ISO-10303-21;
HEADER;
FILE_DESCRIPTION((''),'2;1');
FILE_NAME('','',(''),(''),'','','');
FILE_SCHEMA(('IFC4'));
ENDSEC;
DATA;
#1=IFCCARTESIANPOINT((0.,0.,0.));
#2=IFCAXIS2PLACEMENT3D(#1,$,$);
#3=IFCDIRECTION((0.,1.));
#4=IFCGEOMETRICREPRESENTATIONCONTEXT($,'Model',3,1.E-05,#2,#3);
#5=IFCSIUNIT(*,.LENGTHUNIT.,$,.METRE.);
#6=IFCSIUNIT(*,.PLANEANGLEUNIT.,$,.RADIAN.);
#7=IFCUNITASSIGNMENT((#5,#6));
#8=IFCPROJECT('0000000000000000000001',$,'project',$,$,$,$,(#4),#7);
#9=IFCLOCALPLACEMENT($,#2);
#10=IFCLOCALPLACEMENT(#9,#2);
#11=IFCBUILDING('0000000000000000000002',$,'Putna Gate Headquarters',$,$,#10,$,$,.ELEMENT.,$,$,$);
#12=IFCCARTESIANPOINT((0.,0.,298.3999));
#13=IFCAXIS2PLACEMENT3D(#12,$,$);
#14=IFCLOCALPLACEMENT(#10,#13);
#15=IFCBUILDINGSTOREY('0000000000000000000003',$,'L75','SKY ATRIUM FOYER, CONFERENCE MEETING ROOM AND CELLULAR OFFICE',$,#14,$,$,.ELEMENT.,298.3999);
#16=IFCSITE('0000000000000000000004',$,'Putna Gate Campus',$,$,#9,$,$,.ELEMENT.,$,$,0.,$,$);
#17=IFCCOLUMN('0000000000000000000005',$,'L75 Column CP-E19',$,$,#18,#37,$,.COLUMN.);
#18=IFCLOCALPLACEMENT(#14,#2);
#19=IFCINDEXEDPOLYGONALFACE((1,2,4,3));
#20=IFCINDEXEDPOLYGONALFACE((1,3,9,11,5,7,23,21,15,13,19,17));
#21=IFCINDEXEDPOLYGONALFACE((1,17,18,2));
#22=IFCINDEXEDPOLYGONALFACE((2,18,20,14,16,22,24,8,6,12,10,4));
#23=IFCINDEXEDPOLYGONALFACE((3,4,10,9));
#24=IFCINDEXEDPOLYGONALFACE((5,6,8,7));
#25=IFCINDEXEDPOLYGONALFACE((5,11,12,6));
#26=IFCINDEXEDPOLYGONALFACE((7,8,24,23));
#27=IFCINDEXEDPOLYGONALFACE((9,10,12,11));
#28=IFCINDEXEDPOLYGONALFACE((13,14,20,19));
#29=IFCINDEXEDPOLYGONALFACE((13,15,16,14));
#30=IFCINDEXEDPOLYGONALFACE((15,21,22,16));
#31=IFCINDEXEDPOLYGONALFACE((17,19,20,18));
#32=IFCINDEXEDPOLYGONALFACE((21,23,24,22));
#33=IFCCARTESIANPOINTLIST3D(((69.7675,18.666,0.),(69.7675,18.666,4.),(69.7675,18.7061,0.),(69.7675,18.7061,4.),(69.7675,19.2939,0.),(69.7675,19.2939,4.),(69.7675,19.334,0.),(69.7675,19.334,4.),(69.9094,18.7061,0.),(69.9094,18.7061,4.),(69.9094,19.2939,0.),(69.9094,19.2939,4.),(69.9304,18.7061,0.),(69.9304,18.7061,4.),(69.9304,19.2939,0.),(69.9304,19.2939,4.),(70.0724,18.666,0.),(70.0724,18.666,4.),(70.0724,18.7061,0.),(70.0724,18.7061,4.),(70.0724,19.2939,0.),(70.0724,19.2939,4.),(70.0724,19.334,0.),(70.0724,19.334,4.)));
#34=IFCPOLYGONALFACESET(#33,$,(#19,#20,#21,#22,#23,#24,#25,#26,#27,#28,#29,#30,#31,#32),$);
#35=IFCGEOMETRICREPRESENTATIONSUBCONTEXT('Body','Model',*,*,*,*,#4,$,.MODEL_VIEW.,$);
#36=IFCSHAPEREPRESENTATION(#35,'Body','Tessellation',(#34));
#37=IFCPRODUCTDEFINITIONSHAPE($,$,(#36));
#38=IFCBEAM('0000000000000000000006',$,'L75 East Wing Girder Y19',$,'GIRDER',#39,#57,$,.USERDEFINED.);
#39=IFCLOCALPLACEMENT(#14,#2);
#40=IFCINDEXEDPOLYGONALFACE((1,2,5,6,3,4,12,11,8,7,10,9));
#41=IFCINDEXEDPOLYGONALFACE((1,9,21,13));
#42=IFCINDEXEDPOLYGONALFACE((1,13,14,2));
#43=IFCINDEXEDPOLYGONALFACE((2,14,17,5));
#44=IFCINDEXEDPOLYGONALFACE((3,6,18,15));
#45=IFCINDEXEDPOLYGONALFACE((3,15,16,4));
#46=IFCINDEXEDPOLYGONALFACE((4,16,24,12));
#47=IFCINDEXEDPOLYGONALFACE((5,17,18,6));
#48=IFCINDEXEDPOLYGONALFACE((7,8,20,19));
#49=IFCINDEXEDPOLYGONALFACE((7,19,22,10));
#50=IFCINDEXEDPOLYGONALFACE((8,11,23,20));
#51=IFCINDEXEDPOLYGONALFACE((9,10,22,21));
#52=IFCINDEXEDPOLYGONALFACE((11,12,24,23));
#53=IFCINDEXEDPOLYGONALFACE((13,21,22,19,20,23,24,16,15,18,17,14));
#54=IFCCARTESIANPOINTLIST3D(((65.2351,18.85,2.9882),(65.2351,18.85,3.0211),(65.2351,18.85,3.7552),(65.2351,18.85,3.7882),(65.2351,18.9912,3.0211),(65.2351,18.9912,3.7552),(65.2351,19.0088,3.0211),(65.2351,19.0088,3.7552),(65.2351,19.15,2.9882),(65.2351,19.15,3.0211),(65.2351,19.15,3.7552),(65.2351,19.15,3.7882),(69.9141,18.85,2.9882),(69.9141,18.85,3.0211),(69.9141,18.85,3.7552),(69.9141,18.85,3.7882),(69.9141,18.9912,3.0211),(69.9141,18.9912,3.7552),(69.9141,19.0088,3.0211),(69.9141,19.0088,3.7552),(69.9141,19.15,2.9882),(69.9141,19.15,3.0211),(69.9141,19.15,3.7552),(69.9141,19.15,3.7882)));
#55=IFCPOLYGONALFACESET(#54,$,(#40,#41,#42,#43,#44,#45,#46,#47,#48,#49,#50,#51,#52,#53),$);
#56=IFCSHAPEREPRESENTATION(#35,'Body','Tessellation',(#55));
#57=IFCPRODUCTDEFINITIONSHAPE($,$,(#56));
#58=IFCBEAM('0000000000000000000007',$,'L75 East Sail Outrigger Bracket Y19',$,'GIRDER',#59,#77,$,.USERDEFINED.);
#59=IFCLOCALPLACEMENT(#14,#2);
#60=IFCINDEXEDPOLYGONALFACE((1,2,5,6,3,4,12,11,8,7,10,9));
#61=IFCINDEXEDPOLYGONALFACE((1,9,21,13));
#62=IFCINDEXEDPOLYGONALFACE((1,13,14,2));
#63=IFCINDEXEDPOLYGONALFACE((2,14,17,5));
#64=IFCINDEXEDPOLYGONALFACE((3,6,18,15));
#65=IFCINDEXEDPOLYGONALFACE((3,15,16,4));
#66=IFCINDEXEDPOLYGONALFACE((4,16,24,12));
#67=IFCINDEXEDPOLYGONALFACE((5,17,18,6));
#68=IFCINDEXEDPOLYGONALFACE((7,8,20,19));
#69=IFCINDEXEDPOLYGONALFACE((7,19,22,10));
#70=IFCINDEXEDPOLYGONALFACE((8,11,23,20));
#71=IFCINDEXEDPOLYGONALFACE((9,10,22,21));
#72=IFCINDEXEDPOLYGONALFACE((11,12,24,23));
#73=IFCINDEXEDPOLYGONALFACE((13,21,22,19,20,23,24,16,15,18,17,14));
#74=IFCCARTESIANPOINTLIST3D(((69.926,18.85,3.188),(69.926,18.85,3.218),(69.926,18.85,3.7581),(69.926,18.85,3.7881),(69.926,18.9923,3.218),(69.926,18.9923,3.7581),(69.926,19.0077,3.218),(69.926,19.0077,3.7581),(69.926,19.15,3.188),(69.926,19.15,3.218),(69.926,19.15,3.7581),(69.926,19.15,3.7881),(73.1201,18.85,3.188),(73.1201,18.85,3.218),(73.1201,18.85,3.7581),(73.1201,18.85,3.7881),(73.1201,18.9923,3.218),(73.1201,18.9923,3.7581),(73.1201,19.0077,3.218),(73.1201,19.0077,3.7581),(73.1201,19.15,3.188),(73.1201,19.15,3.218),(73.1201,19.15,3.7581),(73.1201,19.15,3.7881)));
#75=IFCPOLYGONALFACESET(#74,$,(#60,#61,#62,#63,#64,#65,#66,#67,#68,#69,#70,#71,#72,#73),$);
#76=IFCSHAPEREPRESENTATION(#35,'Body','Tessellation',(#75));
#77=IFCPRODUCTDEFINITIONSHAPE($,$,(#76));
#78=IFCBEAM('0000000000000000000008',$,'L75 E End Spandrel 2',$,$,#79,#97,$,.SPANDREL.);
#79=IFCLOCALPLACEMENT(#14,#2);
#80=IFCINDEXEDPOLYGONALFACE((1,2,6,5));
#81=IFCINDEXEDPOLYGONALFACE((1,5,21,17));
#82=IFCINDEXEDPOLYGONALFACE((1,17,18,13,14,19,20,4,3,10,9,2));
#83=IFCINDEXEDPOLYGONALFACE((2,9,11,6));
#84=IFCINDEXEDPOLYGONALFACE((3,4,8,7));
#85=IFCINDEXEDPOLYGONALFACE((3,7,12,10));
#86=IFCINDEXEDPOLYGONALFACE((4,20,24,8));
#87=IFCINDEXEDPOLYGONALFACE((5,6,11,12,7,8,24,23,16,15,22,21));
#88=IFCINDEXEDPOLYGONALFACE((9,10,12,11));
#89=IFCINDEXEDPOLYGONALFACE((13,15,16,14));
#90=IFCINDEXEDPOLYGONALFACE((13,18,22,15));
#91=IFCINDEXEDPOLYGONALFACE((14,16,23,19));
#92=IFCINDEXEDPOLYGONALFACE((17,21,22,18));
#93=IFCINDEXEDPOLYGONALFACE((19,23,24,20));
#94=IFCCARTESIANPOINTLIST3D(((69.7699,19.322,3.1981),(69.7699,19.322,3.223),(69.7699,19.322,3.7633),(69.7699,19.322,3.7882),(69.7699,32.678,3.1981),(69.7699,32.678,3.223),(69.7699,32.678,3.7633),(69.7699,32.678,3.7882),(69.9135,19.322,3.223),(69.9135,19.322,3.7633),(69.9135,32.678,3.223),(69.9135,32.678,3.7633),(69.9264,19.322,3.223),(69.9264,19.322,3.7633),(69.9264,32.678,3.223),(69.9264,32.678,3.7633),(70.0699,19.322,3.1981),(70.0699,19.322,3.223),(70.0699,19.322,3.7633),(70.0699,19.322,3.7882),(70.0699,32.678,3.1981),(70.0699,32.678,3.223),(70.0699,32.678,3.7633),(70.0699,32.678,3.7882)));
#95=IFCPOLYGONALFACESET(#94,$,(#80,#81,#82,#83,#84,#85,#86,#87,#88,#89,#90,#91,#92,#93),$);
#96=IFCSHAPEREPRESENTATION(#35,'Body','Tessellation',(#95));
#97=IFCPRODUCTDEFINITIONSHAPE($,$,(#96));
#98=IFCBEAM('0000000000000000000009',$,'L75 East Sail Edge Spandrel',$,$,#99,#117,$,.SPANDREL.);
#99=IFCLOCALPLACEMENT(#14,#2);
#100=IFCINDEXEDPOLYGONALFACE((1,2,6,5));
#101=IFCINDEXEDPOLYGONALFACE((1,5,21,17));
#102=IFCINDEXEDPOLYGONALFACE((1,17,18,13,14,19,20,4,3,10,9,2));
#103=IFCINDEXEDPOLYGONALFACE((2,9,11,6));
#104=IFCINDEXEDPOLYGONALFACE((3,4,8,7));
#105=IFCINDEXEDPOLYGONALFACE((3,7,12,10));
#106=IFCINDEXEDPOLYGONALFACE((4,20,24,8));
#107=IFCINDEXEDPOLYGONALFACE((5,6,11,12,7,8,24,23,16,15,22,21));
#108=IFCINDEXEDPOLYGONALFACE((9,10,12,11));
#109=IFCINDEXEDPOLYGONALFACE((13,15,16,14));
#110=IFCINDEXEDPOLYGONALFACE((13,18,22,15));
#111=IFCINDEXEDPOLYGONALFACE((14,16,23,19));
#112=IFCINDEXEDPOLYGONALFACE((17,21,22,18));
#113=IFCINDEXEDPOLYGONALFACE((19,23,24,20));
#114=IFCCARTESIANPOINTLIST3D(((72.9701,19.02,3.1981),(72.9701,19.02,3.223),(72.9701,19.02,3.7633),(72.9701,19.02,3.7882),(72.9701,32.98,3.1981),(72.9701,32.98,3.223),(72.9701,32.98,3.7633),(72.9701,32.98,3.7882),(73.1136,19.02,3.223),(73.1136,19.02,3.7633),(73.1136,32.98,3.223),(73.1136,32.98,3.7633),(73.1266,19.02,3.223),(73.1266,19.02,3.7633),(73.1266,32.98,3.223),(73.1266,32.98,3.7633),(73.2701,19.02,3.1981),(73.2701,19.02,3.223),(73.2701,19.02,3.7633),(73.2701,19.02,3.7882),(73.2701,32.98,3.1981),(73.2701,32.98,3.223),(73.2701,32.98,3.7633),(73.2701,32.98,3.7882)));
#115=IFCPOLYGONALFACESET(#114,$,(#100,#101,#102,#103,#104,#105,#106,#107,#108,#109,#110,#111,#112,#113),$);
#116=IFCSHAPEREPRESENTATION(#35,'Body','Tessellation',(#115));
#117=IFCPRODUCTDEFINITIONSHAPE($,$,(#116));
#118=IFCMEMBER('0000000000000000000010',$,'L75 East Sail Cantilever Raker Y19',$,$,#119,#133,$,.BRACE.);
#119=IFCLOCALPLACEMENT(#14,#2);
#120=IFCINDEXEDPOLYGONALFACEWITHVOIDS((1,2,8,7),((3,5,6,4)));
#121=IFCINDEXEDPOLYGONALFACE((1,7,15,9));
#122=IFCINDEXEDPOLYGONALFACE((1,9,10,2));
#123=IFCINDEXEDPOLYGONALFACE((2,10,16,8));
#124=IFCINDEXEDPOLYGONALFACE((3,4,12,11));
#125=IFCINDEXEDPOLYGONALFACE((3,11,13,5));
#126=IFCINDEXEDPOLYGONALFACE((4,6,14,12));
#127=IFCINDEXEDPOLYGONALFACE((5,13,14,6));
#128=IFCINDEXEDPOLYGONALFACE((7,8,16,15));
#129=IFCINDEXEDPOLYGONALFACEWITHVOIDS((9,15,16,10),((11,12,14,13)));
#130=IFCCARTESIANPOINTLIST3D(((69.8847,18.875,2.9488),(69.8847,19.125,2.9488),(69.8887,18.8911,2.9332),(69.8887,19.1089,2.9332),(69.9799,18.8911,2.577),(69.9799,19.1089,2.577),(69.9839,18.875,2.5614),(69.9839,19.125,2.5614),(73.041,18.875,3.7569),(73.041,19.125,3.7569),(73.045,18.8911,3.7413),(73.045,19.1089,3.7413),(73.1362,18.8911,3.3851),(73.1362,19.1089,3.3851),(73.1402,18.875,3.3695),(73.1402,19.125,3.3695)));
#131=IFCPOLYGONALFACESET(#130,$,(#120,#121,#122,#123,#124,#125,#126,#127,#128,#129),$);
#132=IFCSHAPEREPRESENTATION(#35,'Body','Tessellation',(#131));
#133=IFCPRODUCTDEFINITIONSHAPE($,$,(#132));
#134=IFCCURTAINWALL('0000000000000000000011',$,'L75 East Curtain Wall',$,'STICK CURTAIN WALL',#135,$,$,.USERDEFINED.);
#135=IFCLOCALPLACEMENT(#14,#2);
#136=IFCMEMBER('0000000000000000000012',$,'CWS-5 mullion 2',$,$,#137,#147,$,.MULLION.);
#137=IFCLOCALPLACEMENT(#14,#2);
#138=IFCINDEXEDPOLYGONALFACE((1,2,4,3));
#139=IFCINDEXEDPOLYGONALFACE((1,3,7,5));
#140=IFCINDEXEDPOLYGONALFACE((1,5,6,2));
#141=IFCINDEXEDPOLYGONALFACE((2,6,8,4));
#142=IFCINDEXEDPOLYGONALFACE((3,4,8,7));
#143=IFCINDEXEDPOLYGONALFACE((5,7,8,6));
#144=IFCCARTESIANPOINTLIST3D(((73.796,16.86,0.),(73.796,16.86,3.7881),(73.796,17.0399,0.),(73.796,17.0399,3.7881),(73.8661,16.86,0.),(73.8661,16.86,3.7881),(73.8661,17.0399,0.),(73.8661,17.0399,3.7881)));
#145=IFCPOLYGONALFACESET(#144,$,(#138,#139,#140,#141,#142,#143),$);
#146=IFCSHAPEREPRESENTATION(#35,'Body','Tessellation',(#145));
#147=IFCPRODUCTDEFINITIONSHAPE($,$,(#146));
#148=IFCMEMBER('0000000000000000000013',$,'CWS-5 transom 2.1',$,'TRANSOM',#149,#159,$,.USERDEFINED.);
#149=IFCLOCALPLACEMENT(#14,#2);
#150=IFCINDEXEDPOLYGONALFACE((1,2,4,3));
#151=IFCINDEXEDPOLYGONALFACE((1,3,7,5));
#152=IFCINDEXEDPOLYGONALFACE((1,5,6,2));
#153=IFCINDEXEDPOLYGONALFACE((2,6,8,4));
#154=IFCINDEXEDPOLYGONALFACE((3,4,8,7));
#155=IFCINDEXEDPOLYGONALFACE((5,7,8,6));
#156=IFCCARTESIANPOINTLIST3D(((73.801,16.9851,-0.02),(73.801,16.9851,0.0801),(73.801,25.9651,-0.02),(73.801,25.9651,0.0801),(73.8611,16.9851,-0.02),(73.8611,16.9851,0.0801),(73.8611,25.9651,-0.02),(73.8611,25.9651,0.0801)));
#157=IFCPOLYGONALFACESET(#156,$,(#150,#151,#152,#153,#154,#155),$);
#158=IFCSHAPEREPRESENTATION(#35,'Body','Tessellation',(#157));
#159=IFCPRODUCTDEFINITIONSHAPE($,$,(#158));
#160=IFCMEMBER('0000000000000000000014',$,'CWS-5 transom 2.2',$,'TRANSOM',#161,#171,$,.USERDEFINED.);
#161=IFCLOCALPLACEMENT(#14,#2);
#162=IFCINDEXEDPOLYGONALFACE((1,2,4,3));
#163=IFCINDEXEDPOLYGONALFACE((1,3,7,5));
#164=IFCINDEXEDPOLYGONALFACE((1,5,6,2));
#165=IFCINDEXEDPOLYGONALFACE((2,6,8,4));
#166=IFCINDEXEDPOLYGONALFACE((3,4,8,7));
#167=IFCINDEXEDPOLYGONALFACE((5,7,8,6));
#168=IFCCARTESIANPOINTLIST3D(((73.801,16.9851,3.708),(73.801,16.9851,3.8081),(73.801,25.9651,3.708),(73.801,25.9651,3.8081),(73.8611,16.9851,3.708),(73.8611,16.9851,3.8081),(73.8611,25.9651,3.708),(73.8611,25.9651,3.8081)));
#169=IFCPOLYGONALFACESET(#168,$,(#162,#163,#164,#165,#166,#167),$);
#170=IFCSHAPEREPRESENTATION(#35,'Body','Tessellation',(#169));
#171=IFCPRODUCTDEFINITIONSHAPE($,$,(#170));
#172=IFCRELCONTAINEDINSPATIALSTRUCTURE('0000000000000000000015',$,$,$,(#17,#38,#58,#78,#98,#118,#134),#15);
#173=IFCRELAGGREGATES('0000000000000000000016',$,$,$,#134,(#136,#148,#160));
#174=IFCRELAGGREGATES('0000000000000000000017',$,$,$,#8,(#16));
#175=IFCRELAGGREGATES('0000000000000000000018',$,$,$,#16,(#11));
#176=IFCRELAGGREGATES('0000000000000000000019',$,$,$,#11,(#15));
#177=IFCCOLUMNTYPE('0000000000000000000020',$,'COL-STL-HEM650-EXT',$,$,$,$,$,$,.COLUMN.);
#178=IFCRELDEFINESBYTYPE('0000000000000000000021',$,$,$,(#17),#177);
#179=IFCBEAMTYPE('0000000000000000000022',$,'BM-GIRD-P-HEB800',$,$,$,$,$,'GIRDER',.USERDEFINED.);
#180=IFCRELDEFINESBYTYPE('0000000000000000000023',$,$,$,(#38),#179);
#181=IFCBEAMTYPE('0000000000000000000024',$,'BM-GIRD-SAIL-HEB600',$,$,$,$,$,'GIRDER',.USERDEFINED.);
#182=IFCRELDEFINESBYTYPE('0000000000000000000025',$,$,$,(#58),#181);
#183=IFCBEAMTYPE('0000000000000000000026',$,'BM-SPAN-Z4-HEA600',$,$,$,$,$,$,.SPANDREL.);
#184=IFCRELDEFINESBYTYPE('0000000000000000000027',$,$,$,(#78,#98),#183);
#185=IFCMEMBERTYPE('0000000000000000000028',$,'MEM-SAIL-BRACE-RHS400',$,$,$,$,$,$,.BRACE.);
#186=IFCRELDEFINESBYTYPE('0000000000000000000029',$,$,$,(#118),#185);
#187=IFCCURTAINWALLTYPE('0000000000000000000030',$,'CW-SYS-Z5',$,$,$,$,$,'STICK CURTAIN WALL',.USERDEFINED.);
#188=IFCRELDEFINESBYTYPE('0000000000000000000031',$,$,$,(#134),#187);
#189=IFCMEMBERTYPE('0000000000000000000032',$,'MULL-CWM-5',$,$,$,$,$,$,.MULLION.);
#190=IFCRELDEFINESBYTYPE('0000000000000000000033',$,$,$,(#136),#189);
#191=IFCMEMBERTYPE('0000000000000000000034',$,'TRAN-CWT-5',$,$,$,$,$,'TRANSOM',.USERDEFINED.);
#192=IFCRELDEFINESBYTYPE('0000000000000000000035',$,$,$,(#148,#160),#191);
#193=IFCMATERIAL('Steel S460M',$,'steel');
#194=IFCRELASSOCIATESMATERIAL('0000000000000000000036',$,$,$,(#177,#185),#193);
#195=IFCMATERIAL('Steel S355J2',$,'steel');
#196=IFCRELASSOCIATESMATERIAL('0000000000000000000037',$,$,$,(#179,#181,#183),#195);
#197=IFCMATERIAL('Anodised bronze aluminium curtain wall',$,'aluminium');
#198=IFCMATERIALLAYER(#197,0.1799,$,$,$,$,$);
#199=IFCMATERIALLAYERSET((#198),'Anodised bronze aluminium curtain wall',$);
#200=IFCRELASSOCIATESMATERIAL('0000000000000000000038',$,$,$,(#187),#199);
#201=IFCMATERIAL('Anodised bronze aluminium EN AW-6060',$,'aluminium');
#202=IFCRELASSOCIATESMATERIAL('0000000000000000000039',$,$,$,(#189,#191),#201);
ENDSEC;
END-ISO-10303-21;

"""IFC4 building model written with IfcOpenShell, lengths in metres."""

from ifc_helpers import new_model, si_unit, direction, frame, origin, origin_2d, place, context, subcontext, project, spatial, rectangle, hollow_rectangle, i_section, extrude, material, layer, layer_set, material_profile, profile_set, type_object, element, aggregate, save


model = new_model("IFC4")

# Units and contexts
model_context = context("Model", 3, precision=1e-05, world=origin(), true_north=direction((0.0, 1.0)))
body_context = subcontext(model_context, "Body", "Model", "MODEL_VIEW")
ifc_project = project(units=[si_unit("LENGTHUNIT", "METRE"), si_unit("PLANEANGLEUNIT", "RADIAN")], contexts=[model_context])

# Site, building, storey
site_placement = place(None, origin())
site = spatial("IfcSite", under=ifc_project, at=site_placement, Name="Putna Gate Campus", CompositionType="ELEMENT", RefElevation=0.0)
building_placement = place(site_placement, origin())
building = spatial("IfcBuilding", under=site, at=building_placement, Name="Putna Gate Headquarters", CompositionType="ELEMENT")
storey_placement = place(building_placement, frame((0.0, 0.0, 298.3999)))
storey = spatial("IfcBuildingStorey", under=building, at=storey_placement, Name="L75", Description="SKY ATRIUM FOYER, CONFERENCE MEETING ROOM AND CELLULAR OFFICE", CompositionType="ELEMENT", Elevation=298.3999)

# Column
ifc_material_1 = material(Name="Steel S460M", Category="steel")
ifc_material_profile_1 = material_profile(ifc_material_1, i_section(OverallWidth=0.3049, OverallDepth=0.668, WebThickness=0.021, FlangeThickness=0.04, at=origin_2d()), Name="Steel S460M")
ifc_profile_set_1 = profile_set([ifc_material_profile_1], Name="Steel S460M")
column_type = type_object("IfcColumnType", Name="COL-STL-HEM650-EXT", PredefinedType="COLUMN", material=ifc_profile_set_1)
column_placement = place(storey_placement, frame((69.9199, 19.0, 0.0), z_axis=(0.0, 0.0, 1.0), x_axis=(1.0, 0.0, 0.0)))
element("IfcColumn", 1, at=column_placement, inside=storey, type_object=column_type, Name="L75 Column CP-E19", PredefinedType="COLUMN", context=body_context, shape_type="SweptSolid", body=[
    extrude(i_section(OverallWidth=0.3049, OverallDepth=0.668, WebThickness=0.021, FlangeThickness=0.04, at=origin_2d()), origin(), (0.0, 0.0, 1.0), 4.0),
])

# Beams
ifc_material_2 = material(Name="Steel S355J2", Category="steel")
ifc_material_profile_2 = material_profile(ifc_material_2, i_section(OverallWidth=0.3, OverallDepth=0.8, WebThickness=0.0176, FlangeThickness=0.033, at=origin_2d()), Name="Steel S355J2")
ifc_profile_set_2 = profile_set([ifc_material_profile_2], Name="Steel S355J2")
beam_type_1 = type_object("IfcBeamType", Name="BM-GIRD-P-HEB800", ElementType="GIRDER", PredefinedType="USERDEFINED", material=ifc_profile_set_2)
beam_1_placement = place(storey_placement, frame((65.2351, 19.0, 3.3882), z_axis=(1.0, 0.0, 0.0), x_axis=(0.0, 1.0, 0.0)))
element("IfcBeam", 2, at=beam_1_placement, inside=storey, type_object=beam_type_1, Name="L75 East Wing Girder Y19", ObjectType="GIRDER", PredefinedType="USERDEFINED", context=body_context, shape_type="SweptSolid", body=[
    extrude(i_section(OverallWidth=0.3, OverallDepth=0.8, WebThickness=0.0176, FlangeThickness=0.033, at=origin_2d()), origin(), (0.0, 0.0, 1.0), 4.679),
])
ifc_material_profile_3 = material_profile(ifc_material_2, i_section(OverallWidth=0.3, OverallDepth=0.6001, WebThickness=0.0154, FlangeThickness=0.03, at=origin_2d()), Name="Steel S355J2")
ifc_profile_set_3 = profile_set([ifc_material_profile_3], Name="Steel S355J2")
beam_type_2 = type_object("IfcBeamType", Name="BM-GIRD-SAIL-HEB600", ElementType="GIRDER", PredefinedType="USERDEFINED", material=ifc_profile_set_3)
beam_2_placement = place(storey_placement, frame((69.926, 19.0, 3.488), z_axis=(1.0, 0.0, 0.0), x_axis=(0.0, 1.0, 0.0)))
element("IfcBeam", 3, at=beam_2_placement, inside=storey, type_object=beam_type_2, Name="L75 East Sail Outrigger Bracket Y19", ObjectType="GIRDER", PredefinedType="USERDEFINED", context=body_context, shape_type="SweptSolid", body=[
    extrude(i_section(OverallWidth=0.3, OverallDepth=0.6001, WebThickness=0.0154, FlangeThickness=0.03, at=origin_2d()), origin(), (0.0, 0.0, 1.0), 3.1941),
])
ifc_material_profile_4 = material_profile(ifc_material_2, i_section(OverallWidth=0.3, OverallDepth=0.5901, WebThickness=0.0129, FlangeThickness=0.0249, at=origin_2d()), Name="Steel S355J2")
ifc_profile_set_4 = profile_set([ifc_material_profile_4], Name="Steel S355J2")
beam_type_3 = type_object("IfcBeamType", Name="BM-SPAN-Z4-HEA600", PredefinedType="SPANDREL", material=ifc_profile_set_4)
beam_3_placement = place(storey_placement, frame((69.9199, 19.322, 3.4932), z_axis=(0.0, 1.0, 0.0), x_axis=(-1.0, 0.0, 0.0)))
element("IfcBeam", 4, at=beam_3_placement, inside=storey, type_object=beam_type_3, Name="L75 E End Spandrel 2", PredefinedType="SPANDREL", context=body_context, shape_type="SweptSolid", body=[
    extrude(i_section(OverallWidth=0.3, OverallDepth=0.5901, WebThickness=0.0129, FlangeThickness=0.0249, at=origin_2d()), origin(), (0.0, 0.0, 1.0), 13.356),
])
beam_4_placement = place(storey_placement, frame((73.1201, 19.02, 3.4932), z_axis=(0.0, 1.0, 0.0), x_axis=(-1.0, 0.0, 0.0)))
element("IfcBeam", 5, at=beam_4_placement, inside=storey, type_object=beam_type_3, Name="L75 East Sail Edge Spandrel", PredefinedType="SPANDREL", context=body_context, shape_type="SweptSolid", body=[
    extrude(i_section(OverallWidth=0.3, OverallDepth=0.5901, WebThickness=0.0129, FlangeThickness=0.0249, at=origin_2d()), origin(), (0.0, 0.0, 1.0), 13.96),
])

# Member
ifc_material_profile_5 = material_profile(ifc_material_1, hollow_rectangle(XDim=0.25, YDim=0.3999, WallThickness=0.0161, at=origin_2d()), Name="Steel S460M")
ifc_profile_set_5 = profile_set([ifc_material_profile_5], Name="Steel S460M")
member_type_1 = type_object("IfcMemberType", Name="MEM-SAIL-BRACE-RHS400", PredefinedType="BRACE", material=ifc_profile_set_5)
member_1_placement = place(storey_placement, frame((69.9343, 19.0, 2.7551), z_axis=(0.968752, 0.0, 0.248033), x_axis=(0.0, 1.0, 0.0)))
element("IfcMember", 6, at=member_1_placement, inside=storey, type_object=member_type_1, Name="L75 East Sail Cantilever Raker Y19", PredefinedType="BRACE", context=body_context, shape_type="SweptSolid", body=[
    extrude(hollow_rectangle(XDim=0.25, YDim=0.3999, WallThickness=0.0161, at=origin_2d()), origin(), (0.0, 0.0, 1.0), 3.2581),
])

# Curtain wall, members
ifc_material_3 = material(Name="Anodised bronze aluminium curtain wall", Category="aluminium")
ifc_layer_1 = layer(ifc_material_3, 0.1799)
ifc_layer_set_1 = layer_set([ifc_layer_1], Name="Anodised bronze aluminium curtain wall")
curtain_wall_type = type_object("IfcCurtainWallType", Name="CW-SYS-Z5", ElementType="STICK CURTAIN WALL", PredefinedType="USERDEFINED", material=ifc_layer_set_1)
curtain_wall_placement = place(storey_placement, origin())
curtain_wall = element("IfcCurtainWall", 7, at=curtain_wall_placement, inside=storey, type_object=curtain_wall_type, Name="L75 East Curtain Wall", ObjectType="STICK CURTAIN WALL", PredefinedType="USERDEFINED")
ifc_material_4 = material(Name="Anodised bronze aluminium EN AW-6060", Category="aluminium")
ifc_material_profile_6 = material_profile(ifc_material_4, rectangle(XDim=0.0701, YDim=0.1799, at=origin_2d()), Name="Anodised bronze aluminium EN AW-6060")
ifc_profile_set_6 = profile_set([ifc_material_profile_6], Name="Anodised bronze aluminium EN AW-6060")
member_type_2 = type_object("IfcMemberType", Name="MULL-CWM-5", PredefinedType="MULLION", material=ifc_profile_set_6)
member_2_placement = place(storey_placement, frame((73.8311, 16.95, 0.0), z_axis=(0.0, 0.0, 1.0), x_axis=(-1.0, 0.0, 0.0)))
member_2 = element("IfcMember", 8, at=member_2_placement, type_object=member_type_2, Name="CWS-5 mullion 2", PredefinedType="MULLION", context=body_context, shape_type="SweptSolid", body=[
    extrude(rectangle(XDim=0.0701, YDim=0.1799, at=origin_2d()), origin(), (0.0, 0.0, 1.0), 3.7881),
])
ifc_material_profile_7 = material_profile(ifc_material_4, rectangle(XDim=0.0601, YDim=0.1001, at=origin_2d()), Name="Anodised bronze aluminium EN AW-6060")
ifc_profile_set_7 = profile_set([ifc_material_profile_7], Name="Anodised bronze aluminium EN AW-6060")
member_type_3 = type_object("IfcMemberType", Name="TRAN-CWT-5", ElementType="TRANSOM", PredefinedType="USERDEFINED", material=ifc_profile_set_7)
member_3_placement = place(storey_placement, frame((73.8311, 16.9851, 0.03), z_axis=(0.0, 1.0, 0.0), x_axis=(-1.0, 0.0, 0.0)))
member_3 = element("IfcMember", 9, at=member_3_placement, type_object=member_type_3, Name="CWS-5 transom 2.1", ObjectType="TRANSOM", PredefinedType="USERDEFINED", context=body_context, shape_type="SweptSolid", body=[
    extrude(rectangle(XDim=0.0601, YDim=0.1001, at=origin_2d()), origin(), (0.0, 0.0, 1.0), 8.98),
])
member_4_placement = place(storey_placement, frame((73.8311, 16.9851, 3.7581), z_axis=(0.0, 1.0, 0.0), x_axis=(-1.0, 0.0, 0.0)))
member_4 = element("IfcMember", 10, at=member_4_placement, type_object=member_type_3, Name="CWS-5 transom 2.2", ObjectType="TRANSOM", PredefinedType="USERDEFINED", context=body_context, shape_type="SweptSolid", body=[
    extrude(rectangle(XDim=0.0601, YDim=0.1001, at=origin_2d()), origin(), (0.0, 0.0, 1.0), 8.98),
])
aggregate(curtain_wall, [member_2, member_3, member_4])

save(model, "model.ifc")
